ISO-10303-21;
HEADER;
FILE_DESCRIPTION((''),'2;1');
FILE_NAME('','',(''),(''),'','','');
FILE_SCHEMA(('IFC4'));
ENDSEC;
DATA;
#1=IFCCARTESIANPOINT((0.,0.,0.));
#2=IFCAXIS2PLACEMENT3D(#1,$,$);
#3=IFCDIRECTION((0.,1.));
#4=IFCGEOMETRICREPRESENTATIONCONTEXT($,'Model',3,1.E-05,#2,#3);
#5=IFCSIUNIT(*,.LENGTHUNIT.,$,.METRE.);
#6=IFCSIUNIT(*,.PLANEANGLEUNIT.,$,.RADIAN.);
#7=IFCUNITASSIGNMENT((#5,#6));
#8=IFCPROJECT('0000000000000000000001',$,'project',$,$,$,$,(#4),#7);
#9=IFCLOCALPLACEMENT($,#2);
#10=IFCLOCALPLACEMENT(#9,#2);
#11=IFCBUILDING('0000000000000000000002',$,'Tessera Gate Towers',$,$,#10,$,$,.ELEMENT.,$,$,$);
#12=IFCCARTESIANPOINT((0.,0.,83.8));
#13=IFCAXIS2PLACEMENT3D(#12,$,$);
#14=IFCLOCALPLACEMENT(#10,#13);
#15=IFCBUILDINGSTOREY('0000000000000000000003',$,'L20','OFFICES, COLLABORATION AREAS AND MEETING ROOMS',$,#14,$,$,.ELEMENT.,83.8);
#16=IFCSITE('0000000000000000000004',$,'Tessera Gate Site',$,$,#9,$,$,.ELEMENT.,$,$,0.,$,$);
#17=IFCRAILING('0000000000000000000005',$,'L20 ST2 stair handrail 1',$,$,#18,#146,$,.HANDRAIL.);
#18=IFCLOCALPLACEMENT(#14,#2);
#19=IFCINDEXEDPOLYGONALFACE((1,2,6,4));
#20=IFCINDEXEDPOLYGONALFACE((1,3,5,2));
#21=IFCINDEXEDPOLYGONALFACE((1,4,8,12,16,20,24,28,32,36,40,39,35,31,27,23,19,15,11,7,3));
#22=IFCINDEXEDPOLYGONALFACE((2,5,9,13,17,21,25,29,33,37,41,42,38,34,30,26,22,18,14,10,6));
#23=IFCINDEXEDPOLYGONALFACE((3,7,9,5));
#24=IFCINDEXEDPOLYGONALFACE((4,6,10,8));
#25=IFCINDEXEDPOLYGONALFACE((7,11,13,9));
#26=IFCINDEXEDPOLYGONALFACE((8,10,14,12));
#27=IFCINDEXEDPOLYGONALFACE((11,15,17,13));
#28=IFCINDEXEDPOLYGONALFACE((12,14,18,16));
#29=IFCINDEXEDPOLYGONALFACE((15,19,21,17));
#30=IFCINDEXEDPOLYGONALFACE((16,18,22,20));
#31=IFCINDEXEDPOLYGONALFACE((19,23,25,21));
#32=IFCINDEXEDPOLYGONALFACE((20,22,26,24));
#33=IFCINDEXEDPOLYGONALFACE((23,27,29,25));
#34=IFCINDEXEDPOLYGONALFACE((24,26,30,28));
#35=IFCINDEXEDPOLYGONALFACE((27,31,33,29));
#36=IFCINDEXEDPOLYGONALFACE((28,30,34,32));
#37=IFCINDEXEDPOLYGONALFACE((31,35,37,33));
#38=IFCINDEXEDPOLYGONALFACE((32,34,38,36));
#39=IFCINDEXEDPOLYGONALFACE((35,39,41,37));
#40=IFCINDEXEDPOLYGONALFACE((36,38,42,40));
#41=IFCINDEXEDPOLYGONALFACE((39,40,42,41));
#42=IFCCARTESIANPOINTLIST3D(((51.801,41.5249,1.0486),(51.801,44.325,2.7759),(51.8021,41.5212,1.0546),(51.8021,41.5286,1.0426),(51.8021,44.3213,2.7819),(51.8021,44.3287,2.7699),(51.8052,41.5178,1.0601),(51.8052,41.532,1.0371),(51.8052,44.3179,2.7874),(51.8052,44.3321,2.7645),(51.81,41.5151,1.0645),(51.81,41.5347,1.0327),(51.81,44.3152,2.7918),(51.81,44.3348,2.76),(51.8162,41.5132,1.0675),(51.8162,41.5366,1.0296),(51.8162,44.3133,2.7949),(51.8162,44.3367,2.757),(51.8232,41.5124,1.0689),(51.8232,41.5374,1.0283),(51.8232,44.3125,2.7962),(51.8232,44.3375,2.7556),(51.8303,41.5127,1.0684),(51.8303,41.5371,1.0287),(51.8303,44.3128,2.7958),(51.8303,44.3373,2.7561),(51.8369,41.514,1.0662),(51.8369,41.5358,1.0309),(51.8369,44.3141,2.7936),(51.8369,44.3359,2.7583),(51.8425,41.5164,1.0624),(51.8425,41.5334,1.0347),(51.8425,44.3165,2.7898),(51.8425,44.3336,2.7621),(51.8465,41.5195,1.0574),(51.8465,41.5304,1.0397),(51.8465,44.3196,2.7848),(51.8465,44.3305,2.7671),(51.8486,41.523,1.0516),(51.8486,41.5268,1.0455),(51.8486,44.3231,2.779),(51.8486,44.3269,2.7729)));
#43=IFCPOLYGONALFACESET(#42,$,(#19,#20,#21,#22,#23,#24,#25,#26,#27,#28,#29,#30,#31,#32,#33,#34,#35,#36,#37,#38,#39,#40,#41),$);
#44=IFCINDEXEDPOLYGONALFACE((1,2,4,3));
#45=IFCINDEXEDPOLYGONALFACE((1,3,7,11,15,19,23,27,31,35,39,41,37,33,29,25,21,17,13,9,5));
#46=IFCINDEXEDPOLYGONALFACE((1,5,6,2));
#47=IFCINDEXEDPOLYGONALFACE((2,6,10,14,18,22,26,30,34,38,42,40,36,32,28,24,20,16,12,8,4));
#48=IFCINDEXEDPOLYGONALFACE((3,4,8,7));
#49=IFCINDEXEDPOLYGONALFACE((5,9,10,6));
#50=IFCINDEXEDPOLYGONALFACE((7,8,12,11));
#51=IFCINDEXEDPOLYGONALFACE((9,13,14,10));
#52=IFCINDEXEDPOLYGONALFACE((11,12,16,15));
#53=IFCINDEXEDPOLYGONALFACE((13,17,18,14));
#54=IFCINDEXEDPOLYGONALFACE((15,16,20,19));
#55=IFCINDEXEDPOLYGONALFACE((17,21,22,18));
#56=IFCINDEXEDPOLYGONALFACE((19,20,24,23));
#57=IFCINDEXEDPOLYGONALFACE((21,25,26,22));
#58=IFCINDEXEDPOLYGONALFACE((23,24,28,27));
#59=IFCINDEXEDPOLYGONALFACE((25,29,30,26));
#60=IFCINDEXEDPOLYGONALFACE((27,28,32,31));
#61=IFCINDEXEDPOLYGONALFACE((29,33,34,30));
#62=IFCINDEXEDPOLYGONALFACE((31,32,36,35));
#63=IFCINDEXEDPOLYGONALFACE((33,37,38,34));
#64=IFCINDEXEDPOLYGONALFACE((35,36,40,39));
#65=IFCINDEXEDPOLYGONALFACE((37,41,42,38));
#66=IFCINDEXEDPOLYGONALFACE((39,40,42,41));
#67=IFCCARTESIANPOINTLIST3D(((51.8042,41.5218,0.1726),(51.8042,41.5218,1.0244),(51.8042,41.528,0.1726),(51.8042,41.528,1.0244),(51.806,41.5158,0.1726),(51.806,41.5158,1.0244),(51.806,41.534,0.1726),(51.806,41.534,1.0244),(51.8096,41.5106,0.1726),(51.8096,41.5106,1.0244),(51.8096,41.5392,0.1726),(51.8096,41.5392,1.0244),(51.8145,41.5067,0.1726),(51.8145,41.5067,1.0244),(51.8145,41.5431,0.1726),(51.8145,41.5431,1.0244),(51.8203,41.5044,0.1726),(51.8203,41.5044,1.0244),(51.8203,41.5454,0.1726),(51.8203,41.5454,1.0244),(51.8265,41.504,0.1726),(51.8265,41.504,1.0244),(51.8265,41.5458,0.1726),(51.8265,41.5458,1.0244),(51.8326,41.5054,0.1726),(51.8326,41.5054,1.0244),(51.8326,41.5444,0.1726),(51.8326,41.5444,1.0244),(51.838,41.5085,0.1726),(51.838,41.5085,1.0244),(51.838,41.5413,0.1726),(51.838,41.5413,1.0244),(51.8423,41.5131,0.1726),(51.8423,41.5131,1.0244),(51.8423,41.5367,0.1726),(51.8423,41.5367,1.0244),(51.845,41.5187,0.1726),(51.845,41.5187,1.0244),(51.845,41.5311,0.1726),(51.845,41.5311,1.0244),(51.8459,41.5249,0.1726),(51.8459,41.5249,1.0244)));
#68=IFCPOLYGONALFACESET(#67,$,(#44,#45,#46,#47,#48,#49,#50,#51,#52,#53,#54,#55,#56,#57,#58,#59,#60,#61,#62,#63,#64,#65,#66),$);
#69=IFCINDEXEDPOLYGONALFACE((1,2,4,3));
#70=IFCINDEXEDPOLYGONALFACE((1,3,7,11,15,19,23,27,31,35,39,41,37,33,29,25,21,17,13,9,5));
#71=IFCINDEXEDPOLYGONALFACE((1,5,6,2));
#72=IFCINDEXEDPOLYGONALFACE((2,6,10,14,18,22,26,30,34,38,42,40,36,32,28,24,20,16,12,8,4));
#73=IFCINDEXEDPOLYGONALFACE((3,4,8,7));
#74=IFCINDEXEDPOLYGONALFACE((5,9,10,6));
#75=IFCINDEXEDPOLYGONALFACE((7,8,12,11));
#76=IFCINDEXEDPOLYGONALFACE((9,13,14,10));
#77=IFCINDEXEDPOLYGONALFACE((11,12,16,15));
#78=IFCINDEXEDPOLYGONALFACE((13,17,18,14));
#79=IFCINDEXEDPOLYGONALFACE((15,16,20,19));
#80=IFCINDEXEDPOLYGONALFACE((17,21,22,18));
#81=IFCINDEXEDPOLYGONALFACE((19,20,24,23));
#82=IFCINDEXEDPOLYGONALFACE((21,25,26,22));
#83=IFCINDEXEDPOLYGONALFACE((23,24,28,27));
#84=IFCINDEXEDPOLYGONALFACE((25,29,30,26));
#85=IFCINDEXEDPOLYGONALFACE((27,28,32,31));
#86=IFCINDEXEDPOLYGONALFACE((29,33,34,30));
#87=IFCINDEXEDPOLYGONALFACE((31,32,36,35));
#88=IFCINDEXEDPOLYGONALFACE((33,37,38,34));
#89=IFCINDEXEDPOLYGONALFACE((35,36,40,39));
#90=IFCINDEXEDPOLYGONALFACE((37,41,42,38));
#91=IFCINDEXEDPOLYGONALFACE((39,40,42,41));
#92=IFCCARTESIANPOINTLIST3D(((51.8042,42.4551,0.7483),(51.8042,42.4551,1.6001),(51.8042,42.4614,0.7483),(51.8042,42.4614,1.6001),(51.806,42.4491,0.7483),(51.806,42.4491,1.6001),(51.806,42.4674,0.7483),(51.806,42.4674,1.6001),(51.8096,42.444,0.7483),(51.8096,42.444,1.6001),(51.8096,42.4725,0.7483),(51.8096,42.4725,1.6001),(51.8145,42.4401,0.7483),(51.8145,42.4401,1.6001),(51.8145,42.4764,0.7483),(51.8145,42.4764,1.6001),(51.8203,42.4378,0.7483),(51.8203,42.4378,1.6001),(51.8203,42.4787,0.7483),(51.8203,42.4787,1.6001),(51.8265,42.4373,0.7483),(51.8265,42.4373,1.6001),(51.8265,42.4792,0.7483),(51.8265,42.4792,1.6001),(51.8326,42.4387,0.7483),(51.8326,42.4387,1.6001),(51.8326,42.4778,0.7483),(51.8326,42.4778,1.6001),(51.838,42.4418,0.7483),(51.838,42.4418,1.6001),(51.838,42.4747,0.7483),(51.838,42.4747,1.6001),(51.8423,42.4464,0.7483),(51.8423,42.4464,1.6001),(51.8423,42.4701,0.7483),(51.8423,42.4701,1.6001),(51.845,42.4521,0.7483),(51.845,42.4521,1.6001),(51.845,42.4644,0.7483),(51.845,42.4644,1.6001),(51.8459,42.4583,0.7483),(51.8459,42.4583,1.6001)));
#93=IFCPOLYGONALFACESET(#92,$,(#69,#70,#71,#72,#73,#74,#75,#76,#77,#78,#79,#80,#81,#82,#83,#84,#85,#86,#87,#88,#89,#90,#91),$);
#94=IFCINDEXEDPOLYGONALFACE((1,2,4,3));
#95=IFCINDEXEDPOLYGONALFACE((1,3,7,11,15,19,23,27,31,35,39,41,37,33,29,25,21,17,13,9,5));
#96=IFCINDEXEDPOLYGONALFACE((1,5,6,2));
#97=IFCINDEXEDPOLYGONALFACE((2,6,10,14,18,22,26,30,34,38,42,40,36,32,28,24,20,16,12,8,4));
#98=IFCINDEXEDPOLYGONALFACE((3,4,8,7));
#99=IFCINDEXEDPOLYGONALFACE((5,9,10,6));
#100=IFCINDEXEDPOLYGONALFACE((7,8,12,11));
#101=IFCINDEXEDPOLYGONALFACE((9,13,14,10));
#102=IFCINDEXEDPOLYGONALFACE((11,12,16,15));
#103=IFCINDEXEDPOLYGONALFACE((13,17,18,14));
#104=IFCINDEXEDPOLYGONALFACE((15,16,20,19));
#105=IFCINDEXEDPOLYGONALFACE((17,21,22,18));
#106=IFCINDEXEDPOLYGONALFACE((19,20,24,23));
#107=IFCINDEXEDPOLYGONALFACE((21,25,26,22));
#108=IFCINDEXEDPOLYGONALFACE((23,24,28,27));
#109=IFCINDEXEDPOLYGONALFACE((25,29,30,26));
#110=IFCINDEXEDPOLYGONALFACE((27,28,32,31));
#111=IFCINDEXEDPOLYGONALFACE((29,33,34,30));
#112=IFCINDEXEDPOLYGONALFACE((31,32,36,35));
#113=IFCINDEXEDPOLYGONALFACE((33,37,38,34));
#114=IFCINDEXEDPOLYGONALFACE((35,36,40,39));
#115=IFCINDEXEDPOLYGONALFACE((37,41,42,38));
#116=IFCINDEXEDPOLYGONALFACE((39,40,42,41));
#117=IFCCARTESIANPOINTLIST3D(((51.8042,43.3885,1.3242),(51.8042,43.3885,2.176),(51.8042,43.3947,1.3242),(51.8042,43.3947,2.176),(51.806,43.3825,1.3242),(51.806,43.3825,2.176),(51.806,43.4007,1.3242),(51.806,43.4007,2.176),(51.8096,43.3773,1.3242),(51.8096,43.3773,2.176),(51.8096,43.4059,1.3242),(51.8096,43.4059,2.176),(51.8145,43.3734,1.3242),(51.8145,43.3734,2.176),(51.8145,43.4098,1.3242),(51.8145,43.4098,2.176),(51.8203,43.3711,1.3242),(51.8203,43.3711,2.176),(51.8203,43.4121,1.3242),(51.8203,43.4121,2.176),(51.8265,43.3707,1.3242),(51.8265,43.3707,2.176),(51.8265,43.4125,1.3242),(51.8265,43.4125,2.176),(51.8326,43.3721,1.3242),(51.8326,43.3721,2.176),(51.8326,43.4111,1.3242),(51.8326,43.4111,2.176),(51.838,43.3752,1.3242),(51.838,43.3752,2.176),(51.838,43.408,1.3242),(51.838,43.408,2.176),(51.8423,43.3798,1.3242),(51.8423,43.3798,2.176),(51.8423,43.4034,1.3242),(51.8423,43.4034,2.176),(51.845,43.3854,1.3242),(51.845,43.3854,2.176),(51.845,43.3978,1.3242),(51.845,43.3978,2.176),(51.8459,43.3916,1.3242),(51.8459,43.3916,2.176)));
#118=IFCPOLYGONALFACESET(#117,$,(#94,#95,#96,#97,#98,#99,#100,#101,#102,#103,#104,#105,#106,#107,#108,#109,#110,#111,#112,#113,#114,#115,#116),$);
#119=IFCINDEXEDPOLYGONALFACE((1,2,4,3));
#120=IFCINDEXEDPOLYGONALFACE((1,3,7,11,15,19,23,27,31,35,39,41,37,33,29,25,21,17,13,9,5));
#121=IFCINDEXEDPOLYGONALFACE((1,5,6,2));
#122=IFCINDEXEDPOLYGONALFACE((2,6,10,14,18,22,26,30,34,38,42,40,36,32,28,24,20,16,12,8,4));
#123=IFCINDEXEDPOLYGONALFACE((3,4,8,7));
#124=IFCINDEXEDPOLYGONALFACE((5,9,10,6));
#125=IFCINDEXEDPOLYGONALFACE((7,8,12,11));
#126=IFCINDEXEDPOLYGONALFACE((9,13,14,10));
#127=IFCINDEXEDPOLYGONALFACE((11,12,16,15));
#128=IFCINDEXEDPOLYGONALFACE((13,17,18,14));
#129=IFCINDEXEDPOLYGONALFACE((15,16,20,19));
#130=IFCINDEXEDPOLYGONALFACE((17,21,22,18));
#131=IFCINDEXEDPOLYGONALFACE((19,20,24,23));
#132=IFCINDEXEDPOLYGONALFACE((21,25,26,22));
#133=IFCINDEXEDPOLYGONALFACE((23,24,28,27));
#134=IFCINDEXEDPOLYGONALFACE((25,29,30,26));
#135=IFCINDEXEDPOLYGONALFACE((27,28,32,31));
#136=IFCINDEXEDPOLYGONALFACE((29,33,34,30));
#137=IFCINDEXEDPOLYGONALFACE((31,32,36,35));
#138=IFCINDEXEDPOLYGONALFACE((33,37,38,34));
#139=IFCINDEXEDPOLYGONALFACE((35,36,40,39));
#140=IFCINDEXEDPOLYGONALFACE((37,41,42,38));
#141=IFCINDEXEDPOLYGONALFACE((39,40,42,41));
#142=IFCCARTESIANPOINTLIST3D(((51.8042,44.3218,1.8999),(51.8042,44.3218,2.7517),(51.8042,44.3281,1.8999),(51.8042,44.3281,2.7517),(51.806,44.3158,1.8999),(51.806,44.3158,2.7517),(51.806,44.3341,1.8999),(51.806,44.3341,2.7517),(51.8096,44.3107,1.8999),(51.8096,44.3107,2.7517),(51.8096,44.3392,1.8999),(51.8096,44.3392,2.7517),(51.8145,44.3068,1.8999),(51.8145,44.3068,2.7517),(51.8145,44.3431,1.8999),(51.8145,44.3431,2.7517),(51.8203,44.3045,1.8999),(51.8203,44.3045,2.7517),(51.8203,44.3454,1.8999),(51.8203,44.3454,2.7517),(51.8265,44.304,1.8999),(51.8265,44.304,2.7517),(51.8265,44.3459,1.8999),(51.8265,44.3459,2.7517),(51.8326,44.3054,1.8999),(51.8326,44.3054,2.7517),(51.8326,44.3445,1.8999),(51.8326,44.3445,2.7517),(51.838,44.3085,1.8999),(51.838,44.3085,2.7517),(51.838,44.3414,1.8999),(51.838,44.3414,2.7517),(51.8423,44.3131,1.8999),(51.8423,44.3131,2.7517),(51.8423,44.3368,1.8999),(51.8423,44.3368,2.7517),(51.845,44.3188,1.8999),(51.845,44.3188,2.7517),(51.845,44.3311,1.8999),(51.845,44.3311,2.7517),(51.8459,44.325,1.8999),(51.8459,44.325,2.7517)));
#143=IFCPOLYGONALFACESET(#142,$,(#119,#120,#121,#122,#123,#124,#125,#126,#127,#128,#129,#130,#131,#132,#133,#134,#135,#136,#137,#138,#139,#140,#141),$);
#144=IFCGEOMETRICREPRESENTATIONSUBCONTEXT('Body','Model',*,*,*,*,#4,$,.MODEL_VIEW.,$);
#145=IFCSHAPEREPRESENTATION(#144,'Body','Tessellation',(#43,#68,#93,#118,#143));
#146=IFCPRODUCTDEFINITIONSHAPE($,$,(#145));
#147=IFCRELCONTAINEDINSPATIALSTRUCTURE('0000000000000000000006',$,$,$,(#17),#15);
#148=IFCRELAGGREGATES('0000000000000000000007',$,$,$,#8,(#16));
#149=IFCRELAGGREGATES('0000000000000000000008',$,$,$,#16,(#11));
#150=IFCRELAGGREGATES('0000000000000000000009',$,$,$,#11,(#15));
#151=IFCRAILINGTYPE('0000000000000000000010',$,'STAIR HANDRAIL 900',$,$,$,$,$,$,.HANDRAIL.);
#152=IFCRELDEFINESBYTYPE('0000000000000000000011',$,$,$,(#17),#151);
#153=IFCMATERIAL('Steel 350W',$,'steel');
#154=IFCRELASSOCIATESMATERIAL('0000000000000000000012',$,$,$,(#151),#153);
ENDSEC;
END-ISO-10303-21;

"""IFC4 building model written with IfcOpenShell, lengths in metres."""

from ifc_helpers import new_model, si_unit, direction, frame, origin, origin_2d, place, context, subcontext, project, spatial, circle, extrude, material, type_object, element, save


model = new_model("IFC4")

# Units and contexts
model_context = context("Model", 3, precision=1e-05, world=origin(), true_north=direction((0.0, 1.0)))
body_context = subcontext(model_context, "Body", "Model", "MODEL_VIEW")
ifc_project = project(units=[si_unit("LENGTHUNIT", "METRE"), si_unit("PLANEANGLEUNIT", "RADIAN")], contexts=[model_context])

# Site, building, storey
site_placement = place(None, origin())
site = spatial("IfcSite", under=ifc_project, at=site_placement, Name="Tessera Gate Site", CompositionType="ELEMENT", RefElevation=0.0)
building_placement = place(site_placement, origin())
building = spatial("IfcBuilding", under=site, at=building_placement, Name="Tessera Gate Towers", CompositionType="ELEMENT")
storey_placement = place(building_placement, frame((0.0, 0.0, 83.8)))
storey = spatial("IfcBuildingStorey", under=building, at=storey_placement, Name="L20", Description="OFFICES, COLLABORATION AREAS AND MEETING ROOMS", CompositionType="ELEMENT", Elevation=83.8)

# Railing
ifc_material_1 = material(Name="Steel 350W", Category="steel")
railing_type_1 = type_object("IfcRailingType", Name="STAIR HANDRAIL 900", PredefinedType="HANDRAIL", material=ifc_material_1)
for number, where, name in (
    (1, (51.825, 41.5249, 0.1726), "L20 ST2 stair handrail 1"),
):
    element("IfcRailing", number, at=place(storey_placement, frame(where)), inside=storey, type_object=railing_type_1, Name=name, PredefinedType="HANDRAIL", context=body_context, shape_type="SweptSolid", body=[
        extrude(circle(Radius=0.0239, at=origin_2d()), frame((0.0, 0.0, 0.876), z_axis=(0.0, 0.85109, 0.52502), x_axis=(-1.0, 0.0, 0.0)), (0.0, 0.0, 1.0), 3.29),
        extrude(circle(Radius=0.021, at=origin_2d()), origin(), (0.0, 0.0, 1.0), 0.8518),
        extrude(circle(Radius=0.021, at=origin_2d()), frame((0.0, 0.9333, 0.5757)), (0.0, 0.0, 1.0), 0.8518),
        extrude(circle(Radius=0.021, at=origin_2d()), frame((0.0, 1.8667, 1.1516)), (0.0, 0.0, 1.0), 0.8518),
        extrude(circle(Radius=0.021, at=origin_2d()), frame((0.0, 2.8, 1.7273)), (0.0, 0.0, 1.0), 0.8518),
    ])

save(model, "model.ifc")
